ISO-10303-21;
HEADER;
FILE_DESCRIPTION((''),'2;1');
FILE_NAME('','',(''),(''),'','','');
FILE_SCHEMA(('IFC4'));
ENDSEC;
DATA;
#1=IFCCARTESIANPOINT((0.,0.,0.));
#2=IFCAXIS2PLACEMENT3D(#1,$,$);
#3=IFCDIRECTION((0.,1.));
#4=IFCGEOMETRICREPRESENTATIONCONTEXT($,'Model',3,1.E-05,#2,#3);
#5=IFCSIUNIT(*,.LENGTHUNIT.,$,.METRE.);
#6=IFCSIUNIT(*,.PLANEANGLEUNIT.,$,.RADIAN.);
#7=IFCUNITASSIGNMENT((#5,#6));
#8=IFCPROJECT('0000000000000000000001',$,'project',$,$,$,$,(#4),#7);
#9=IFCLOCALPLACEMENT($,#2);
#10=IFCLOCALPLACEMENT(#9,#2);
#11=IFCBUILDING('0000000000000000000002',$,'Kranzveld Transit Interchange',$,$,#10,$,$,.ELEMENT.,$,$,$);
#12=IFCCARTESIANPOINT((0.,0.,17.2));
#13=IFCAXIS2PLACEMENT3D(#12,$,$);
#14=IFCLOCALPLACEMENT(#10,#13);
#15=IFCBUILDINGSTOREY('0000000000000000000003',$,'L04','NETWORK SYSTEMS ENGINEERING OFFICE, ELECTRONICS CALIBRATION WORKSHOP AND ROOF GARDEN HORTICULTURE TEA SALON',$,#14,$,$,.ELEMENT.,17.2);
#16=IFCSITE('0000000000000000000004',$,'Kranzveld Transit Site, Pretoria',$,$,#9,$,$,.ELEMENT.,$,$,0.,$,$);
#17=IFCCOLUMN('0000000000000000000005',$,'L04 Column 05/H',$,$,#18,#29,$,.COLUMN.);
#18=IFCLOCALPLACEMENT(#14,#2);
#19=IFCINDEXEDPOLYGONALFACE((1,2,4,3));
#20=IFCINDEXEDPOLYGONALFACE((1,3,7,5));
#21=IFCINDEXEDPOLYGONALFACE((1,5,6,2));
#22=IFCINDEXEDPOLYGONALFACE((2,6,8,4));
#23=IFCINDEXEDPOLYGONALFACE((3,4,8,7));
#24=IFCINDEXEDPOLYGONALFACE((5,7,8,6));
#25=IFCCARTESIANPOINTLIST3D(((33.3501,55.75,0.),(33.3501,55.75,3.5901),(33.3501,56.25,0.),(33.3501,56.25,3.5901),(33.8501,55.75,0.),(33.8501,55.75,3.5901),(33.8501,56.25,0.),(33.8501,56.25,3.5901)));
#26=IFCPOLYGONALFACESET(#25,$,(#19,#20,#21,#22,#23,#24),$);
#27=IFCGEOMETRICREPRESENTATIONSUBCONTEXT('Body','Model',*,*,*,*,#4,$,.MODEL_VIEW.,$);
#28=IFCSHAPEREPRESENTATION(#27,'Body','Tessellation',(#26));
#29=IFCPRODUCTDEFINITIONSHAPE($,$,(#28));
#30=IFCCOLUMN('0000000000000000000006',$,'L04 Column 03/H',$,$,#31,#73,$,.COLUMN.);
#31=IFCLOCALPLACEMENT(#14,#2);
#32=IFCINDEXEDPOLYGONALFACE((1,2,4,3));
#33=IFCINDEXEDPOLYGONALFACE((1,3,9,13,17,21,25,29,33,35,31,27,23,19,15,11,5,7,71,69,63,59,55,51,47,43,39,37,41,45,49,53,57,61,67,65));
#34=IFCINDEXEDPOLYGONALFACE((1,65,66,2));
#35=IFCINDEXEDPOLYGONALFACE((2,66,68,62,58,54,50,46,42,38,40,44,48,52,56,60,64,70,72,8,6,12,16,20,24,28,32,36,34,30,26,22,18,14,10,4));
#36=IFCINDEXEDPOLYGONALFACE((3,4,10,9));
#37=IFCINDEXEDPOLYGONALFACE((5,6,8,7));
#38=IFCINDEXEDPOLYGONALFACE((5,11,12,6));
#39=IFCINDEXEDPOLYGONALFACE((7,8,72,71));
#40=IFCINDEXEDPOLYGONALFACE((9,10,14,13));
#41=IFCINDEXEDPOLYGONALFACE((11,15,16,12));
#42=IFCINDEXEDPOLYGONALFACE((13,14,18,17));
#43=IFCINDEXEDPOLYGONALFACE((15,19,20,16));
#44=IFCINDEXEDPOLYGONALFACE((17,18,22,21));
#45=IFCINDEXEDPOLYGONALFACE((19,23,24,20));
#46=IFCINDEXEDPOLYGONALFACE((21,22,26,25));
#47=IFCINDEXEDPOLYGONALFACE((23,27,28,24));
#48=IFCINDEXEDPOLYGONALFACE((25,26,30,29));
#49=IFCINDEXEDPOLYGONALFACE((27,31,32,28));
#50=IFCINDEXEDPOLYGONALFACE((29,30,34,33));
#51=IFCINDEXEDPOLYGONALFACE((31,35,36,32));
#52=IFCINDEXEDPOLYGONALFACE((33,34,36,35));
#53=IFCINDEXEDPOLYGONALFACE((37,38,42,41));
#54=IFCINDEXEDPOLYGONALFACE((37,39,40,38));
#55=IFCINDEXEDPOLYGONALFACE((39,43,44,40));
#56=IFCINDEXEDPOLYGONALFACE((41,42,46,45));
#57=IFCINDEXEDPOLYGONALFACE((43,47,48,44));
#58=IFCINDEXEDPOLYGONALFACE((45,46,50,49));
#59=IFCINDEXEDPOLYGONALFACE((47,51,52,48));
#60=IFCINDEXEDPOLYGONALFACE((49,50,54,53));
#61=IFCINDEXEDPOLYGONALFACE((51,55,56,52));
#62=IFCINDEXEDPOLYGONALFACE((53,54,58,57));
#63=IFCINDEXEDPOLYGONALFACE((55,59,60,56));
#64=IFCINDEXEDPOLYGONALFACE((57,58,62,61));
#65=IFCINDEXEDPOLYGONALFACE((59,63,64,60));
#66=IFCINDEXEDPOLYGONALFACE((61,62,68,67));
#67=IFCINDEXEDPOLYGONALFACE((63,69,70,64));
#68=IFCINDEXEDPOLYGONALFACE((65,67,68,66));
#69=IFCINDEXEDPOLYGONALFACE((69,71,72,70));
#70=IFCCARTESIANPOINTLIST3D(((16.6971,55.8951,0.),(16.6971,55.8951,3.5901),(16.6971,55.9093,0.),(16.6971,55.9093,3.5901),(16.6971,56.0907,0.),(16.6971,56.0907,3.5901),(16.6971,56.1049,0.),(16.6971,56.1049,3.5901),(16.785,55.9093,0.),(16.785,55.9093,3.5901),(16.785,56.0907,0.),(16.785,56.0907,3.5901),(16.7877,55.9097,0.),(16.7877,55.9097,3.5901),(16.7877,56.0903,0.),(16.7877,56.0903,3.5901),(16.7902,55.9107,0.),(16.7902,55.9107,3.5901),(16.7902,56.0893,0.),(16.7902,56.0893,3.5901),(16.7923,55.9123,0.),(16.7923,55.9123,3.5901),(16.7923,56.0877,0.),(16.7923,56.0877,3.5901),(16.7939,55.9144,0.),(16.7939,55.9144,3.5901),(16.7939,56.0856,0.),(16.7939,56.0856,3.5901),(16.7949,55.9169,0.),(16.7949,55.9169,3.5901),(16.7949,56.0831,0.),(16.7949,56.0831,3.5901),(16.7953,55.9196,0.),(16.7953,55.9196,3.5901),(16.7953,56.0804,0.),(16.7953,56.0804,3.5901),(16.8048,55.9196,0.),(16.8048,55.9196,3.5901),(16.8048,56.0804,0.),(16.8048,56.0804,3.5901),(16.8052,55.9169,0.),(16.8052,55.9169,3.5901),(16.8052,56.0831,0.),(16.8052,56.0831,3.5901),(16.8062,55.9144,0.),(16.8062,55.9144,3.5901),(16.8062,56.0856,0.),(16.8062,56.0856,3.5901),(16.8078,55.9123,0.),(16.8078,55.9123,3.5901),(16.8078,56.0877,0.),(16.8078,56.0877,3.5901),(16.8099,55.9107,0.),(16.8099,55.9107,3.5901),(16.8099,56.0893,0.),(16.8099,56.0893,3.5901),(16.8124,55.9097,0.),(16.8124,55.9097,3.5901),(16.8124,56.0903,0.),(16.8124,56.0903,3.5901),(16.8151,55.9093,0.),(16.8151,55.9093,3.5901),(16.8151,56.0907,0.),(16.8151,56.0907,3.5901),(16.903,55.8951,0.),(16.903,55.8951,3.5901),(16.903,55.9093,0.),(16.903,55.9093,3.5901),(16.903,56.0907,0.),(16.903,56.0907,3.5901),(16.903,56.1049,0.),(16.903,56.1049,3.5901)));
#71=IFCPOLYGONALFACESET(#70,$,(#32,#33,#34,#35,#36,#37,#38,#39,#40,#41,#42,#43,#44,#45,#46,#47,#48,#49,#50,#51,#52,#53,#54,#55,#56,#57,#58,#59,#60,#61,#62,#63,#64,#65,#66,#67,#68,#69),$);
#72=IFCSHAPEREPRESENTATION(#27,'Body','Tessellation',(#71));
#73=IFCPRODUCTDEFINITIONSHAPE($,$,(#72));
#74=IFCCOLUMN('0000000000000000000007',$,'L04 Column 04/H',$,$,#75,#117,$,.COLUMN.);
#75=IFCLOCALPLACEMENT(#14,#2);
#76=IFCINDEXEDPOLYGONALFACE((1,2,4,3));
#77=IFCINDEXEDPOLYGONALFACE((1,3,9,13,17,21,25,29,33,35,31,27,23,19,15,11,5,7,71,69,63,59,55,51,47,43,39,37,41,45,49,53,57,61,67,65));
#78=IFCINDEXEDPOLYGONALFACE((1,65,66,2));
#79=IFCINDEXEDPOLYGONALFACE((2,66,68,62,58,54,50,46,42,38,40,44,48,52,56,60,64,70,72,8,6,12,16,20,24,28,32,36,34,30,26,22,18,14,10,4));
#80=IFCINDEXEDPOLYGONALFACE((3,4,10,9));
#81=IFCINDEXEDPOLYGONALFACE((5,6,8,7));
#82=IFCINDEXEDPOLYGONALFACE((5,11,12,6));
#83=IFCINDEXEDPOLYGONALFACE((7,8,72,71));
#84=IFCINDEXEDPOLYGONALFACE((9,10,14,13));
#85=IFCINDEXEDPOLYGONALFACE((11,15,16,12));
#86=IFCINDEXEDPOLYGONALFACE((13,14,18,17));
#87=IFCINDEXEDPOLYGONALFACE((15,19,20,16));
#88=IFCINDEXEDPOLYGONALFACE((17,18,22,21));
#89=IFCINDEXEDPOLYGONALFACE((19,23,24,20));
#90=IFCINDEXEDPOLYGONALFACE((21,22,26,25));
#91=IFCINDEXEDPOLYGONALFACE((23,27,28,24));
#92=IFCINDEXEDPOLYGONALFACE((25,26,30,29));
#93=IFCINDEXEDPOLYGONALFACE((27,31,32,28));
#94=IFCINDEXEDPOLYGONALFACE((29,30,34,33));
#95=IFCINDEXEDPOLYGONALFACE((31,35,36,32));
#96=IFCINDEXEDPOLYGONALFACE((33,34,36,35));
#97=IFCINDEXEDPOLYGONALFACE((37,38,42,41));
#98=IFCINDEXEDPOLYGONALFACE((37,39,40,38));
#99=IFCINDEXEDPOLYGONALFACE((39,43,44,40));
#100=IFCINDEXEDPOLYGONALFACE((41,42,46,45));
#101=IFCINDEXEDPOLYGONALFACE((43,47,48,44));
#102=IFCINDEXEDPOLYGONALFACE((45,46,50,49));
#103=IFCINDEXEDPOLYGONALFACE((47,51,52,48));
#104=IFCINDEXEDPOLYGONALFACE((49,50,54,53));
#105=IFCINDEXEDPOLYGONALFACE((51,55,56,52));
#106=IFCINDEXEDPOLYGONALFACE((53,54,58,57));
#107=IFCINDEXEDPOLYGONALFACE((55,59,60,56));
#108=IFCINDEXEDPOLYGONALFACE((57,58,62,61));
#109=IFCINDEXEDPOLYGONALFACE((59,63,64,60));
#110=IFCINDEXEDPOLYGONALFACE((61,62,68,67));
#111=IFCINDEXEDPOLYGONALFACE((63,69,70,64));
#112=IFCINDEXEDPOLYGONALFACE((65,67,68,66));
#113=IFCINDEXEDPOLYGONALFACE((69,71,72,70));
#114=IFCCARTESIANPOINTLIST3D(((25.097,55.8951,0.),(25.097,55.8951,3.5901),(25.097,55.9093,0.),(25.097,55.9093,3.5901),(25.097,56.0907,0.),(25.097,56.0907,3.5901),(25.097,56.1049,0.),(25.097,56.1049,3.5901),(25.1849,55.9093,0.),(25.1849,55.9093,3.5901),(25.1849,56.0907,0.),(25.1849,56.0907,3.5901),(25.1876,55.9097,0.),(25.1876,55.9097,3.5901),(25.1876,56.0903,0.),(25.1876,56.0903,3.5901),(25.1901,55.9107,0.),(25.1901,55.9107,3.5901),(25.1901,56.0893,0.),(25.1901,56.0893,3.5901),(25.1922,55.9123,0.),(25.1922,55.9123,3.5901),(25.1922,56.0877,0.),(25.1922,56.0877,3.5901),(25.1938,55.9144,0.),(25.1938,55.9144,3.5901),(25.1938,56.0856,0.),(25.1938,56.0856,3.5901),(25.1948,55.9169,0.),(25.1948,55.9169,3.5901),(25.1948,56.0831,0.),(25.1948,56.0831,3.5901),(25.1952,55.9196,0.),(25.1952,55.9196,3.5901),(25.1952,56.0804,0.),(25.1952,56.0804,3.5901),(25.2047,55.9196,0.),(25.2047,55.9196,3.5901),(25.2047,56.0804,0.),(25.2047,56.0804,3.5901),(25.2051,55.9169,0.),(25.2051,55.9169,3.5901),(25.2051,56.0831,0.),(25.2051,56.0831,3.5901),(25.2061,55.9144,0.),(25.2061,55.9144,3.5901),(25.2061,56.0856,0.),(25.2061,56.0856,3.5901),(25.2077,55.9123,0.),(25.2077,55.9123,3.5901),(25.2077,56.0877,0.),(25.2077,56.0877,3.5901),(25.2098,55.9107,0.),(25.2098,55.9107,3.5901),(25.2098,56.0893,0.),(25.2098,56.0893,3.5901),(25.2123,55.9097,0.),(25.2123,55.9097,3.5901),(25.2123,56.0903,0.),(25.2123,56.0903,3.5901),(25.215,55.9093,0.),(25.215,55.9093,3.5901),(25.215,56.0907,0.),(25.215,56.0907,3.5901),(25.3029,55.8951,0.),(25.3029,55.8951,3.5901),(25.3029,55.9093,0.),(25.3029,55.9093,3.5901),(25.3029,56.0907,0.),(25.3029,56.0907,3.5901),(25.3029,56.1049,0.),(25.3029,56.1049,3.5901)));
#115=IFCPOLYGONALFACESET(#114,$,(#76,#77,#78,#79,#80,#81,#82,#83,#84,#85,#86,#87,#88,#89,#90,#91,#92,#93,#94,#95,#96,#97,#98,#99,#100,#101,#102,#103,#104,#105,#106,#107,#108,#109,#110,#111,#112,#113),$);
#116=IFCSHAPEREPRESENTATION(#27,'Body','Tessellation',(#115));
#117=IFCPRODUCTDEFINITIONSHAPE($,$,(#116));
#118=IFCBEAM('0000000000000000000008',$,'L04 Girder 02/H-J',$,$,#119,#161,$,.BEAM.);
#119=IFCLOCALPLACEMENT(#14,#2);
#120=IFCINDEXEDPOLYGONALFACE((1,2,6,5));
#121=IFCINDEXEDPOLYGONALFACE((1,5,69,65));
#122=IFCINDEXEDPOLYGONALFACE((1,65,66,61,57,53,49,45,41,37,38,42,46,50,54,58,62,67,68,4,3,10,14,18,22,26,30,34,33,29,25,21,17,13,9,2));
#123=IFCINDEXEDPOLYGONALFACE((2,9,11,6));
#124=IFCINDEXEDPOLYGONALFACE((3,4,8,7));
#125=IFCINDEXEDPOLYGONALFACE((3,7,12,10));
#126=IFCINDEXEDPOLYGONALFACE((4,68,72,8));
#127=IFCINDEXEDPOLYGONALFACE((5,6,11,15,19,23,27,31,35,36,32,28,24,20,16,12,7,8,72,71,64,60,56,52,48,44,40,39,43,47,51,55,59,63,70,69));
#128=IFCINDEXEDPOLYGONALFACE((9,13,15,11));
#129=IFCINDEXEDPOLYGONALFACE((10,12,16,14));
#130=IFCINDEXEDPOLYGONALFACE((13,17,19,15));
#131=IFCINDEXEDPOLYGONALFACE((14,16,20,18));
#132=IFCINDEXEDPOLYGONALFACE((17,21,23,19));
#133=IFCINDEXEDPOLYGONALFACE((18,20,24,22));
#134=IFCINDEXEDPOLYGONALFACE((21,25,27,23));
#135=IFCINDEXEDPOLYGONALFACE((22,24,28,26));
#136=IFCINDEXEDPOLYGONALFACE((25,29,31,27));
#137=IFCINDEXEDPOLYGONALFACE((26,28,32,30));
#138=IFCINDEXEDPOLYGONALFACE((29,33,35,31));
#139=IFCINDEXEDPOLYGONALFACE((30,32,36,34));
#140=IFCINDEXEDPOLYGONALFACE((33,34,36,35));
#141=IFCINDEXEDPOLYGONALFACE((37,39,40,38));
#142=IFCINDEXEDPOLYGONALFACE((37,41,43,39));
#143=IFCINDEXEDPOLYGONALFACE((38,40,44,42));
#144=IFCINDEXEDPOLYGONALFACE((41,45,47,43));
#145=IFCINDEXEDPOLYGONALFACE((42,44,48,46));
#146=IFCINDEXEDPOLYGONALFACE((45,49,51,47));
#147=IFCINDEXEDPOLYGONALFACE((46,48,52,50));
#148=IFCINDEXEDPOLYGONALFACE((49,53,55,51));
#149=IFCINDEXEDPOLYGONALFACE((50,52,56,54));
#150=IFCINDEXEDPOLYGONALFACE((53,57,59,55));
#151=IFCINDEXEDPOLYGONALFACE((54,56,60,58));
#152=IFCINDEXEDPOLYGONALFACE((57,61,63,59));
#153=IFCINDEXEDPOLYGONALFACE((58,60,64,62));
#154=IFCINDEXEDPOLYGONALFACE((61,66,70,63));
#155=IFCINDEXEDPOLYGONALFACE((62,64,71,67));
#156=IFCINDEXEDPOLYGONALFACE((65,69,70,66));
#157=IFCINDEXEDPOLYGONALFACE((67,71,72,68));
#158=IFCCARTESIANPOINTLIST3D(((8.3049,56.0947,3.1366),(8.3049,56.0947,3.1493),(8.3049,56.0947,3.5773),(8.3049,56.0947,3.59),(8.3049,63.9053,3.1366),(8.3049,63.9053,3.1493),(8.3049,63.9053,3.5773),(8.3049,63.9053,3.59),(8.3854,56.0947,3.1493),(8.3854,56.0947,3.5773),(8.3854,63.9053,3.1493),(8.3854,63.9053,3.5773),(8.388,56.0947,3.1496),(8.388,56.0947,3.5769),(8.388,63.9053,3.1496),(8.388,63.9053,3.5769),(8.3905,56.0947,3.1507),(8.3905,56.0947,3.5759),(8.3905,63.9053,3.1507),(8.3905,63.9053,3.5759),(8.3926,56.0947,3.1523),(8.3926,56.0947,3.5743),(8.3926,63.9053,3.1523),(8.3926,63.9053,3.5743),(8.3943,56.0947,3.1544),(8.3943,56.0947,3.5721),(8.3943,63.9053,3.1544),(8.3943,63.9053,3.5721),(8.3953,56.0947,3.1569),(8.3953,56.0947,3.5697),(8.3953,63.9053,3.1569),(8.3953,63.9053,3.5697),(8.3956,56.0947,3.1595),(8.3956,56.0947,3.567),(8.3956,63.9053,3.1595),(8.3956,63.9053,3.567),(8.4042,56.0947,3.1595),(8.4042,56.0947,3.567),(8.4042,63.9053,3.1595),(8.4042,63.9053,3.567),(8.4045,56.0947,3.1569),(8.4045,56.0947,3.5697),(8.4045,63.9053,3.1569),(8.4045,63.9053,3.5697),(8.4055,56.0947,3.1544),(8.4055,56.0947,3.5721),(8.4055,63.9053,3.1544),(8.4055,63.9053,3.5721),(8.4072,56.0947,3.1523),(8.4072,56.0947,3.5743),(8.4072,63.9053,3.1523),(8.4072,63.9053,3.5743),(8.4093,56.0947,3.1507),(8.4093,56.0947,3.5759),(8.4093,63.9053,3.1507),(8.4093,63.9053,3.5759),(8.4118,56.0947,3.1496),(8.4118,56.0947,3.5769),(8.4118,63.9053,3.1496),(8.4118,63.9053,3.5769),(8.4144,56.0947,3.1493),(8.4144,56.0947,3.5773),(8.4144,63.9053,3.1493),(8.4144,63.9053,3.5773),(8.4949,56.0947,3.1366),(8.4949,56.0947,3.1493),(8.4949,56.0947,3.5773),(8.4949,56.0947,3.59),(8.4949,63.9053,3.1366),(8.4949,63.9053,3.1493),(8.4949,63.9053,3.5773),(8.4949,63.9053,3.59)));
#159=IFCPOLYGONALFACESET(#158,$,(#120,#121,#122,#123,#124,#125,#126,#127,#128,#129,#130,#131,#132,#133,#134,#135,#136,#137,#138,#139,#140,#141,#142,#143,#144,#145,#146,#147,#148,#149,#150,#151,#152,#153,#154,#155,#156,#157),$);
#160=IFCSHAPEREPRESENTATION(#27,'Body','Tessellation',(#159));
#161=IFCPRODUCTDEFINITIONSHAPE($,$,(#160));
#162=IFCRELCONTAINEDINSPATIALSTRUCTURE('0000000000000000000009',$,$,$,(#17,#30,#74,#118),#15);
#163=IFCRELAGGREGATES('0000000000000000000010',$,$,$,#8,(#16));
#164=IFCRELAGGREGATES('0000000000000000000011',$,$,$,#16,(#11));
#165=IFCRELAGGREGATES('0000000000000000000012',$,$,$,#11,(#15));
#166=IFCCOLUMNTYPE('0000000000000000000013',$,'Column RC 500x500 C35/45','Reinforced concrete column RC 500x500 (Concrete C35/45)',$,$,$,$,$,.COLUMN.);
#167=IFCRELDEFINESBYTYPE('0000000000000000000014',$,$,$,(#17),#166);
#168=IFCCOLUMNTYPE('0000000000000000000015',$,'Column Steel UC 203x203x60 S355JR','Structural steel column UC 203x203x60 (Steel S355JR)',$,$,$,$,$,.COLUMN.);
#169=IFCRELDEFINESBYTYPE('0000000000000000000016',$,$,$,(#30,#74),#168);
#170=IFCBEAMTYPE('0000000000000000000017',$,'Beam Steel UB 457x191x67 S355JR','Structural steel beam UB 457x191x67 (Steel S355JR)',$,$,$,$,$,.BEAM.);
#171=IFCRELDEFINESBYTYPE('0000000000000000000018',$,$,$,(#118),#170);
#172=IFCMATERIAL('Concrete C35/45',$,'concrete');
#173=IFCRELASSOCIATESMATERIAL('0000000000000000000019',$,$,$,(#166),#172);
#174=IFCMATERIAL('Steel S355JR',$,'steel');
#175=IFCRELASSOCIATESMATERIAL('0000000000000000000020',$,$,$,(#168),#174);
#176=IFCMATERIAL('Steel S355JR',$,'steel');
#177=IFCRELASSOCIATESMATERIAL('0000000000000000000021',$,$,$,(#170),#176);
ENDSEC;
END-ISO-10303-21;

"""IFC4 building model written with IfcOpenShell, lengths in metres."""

from ifc_helpers import new_model, si_unit, direction, frame, origin, origin_2d, place, context, subcontext, project, spatial, rectangle, i_section, extrude, material, material_profile, profile_set, type_object, element, save


model = new_model("IFC4")

# Units and contexts
model_context = context("Model", 3, precision=1e-05, world=origin(), true_north=direction((0.0, 1.0)))
body_context = subcontext(model_context, "Body", "Model", "MODEL_VIEW")
ifc_project = project(units=[si_unit("LENGTHUNIT", "METRE"), si_unit("PLANEANGLEUNIT", "RADIAN")], contexts=[model_context])

# Site, building, storey
site_placement = place(None, origin())
site = spatial("IfcSite", under=ifc_project, at=site_placement, Name="Kranzveld Transit Site, Pretoria", CompositionType="ELEMENT", RefElevation=0.0)
building_placement = place(site_placement, origin())
building = spatial("IfcBuilding", under=site, at=building_placement, Name="Kranzveld Transit Interchange", CompositionType="ELEMENT")
storey_placement = place(building_placement, frame((0.0, 0.0, 17.2)))
storey = spatial("IfcBuildingStorey", under=building, at=storey_placement, Name="L04", Description="NETWORK SYSTEMS ENGINEERING OFFICE, ELECTRONICS CALIBRATION WORKSHOP AND ROOF GARDEN HORTICULTURE TEA SALON", CompositionType="ELEMENT", Elevation=17.2)

# Columns
ifc_material_1 = material(Name="Concrete C35/45", Category="concrete")
ifc_material_profile_1 = material_profile(ifc_material_1, rectangle(XDim=0.5, YDim=0.5, at=origin_2d()), Name="RC 500x500")
ifc_profile_set_1 = profile_set([ifc_material_profile_1], Name="Concrete C35/45")
column_type_1 = type_object("IfcColumnType", Name="Column RC 500x500 C35/45", Description="Reinforced concrete column RC 500x500 (Concrete C35/45)", PredefinedType="COLUMN", material=ifc_profile_set_1)
column_placement = place(storey_placement, frame((33.6001, 56.0, 0.0), z_axis=(0.0, 0.0, 1.0), x_axis=(1.0, 0.0, 0.0)))
element("IfcColumn", 1, at=column_placement, inside=storey, type_object=column_type_1, Name="L04 Column 05/H", PredefinedType="COLUMN", context=body_context, shape_type="SweptSolid", body=[
    extrude(rectangle(XDim=0.5, YDim=0.5, at=origin_2d()), origin(), (0.0, 0.0, 1.0), 3.5901),
])
ifc_material_2 = material(Name="Steel S355JR", Category="steel")
ifc_material_profile_2 = material_profile(ifc_material_2, i_section(OverallWidth=0.2058, OverallDepth=0.2097, WebThickness=0.0095, FlangeThickness=0.0142, FilletRadius=0.0103, at=origin_2d()), Name="UC 203x203x60")
ifc_profile_set_2 = profile_set([ifc_material_profile_2], Name="Steel S355JR")
column_type_2 = type_object("IfcColumnType", Name="Column Steel UC 203x203x60 S355JR", Description="Structural steel column UC 203x203x60 (Steel S355JR)", PredefinedType="COLUMN", material=ifc_profile_set_2)
for number, where, z_axis, x_axis, name in (
    (2, (16.8, 56.0, 0.0), (0.0, 0.0, 1.0), (1.0, 0.0, 0.0), "L04 Column 03/H"),
    (3, (25.2, 56.0, 0.0), (0.0, 0.0, 1.0), (1.0, 0.0, 0.0), "L04 Column 04/H"),
):
    element("IfcColumn", number, at=place(storey_placement, frame(where, z_axis=z_axis, x_axis=x_axis)), inside=storey, type_object=column_type_2, Name=name, PredefinedType="COLUMN", context=body_context, shape_type="SweptSolid", body=[
        extrude(i_section(OverallWidth=0.2058, OverallDepth=0.2097, WebThickness=0.0095, FlangeThickness=0.0142, FilletRadius=0.0103, at=origin_2d()), origin(), (0.0, 0.0, 1.0), 3.5901),
    ])

# Beam
ifc_material_3 = material(Name="Steel S355JR", Category="steel")
ifc_material_profile_3 = material_profile(ifc_material_3, i_section(OverallWidth=0.1899, OverallDepth=0.4534, WebThickness=0.0085, FlangeThickness=0.0127, FilletRadius=0.0103, at=origin_2d()), Name="UB 457x191x67")
ifc_profile_set_3 = profile_set([ifc_material_profile_3], Name="Steel S355JR")
beam_type_1 = type_object("IfcBeamType", Name="Beam Steel UB 457x191x67 S355JR", Description="Structural steel beam UB 457x191x67 (Steel S355JR)", PredefinedType="BEAM", material=ifc_profile_set_3)
for number, where, z_axis, x_axis, name in (
    (4, (8.3999, 56.0947, 3.3633), (0.0, 1.0, 0.0), (-1.0, 0.0, 0.0), "L04 Girder 02/H-J"),
):
    element("IfcBeam", number, at=place(storey_placement, frame(where, z_axis=z_axis, x_axis=x_axis)), inside=storey, type_object=beam_type_1, Name=name, PredefinedType="BEAM", context=body_context, shape_type="SweptSolid", body=[
        extrude(i_section(OverallWidth=0.1899, OverallDepth=0.4534, WebThickness=0.0085, FlangeThickness=0.0127, FilletRadius=0.0103, at=origin_2d()), origin(), (0.0, 0.0, 1.0), 7.8105),
    ])

save(model, "model.ifc")
